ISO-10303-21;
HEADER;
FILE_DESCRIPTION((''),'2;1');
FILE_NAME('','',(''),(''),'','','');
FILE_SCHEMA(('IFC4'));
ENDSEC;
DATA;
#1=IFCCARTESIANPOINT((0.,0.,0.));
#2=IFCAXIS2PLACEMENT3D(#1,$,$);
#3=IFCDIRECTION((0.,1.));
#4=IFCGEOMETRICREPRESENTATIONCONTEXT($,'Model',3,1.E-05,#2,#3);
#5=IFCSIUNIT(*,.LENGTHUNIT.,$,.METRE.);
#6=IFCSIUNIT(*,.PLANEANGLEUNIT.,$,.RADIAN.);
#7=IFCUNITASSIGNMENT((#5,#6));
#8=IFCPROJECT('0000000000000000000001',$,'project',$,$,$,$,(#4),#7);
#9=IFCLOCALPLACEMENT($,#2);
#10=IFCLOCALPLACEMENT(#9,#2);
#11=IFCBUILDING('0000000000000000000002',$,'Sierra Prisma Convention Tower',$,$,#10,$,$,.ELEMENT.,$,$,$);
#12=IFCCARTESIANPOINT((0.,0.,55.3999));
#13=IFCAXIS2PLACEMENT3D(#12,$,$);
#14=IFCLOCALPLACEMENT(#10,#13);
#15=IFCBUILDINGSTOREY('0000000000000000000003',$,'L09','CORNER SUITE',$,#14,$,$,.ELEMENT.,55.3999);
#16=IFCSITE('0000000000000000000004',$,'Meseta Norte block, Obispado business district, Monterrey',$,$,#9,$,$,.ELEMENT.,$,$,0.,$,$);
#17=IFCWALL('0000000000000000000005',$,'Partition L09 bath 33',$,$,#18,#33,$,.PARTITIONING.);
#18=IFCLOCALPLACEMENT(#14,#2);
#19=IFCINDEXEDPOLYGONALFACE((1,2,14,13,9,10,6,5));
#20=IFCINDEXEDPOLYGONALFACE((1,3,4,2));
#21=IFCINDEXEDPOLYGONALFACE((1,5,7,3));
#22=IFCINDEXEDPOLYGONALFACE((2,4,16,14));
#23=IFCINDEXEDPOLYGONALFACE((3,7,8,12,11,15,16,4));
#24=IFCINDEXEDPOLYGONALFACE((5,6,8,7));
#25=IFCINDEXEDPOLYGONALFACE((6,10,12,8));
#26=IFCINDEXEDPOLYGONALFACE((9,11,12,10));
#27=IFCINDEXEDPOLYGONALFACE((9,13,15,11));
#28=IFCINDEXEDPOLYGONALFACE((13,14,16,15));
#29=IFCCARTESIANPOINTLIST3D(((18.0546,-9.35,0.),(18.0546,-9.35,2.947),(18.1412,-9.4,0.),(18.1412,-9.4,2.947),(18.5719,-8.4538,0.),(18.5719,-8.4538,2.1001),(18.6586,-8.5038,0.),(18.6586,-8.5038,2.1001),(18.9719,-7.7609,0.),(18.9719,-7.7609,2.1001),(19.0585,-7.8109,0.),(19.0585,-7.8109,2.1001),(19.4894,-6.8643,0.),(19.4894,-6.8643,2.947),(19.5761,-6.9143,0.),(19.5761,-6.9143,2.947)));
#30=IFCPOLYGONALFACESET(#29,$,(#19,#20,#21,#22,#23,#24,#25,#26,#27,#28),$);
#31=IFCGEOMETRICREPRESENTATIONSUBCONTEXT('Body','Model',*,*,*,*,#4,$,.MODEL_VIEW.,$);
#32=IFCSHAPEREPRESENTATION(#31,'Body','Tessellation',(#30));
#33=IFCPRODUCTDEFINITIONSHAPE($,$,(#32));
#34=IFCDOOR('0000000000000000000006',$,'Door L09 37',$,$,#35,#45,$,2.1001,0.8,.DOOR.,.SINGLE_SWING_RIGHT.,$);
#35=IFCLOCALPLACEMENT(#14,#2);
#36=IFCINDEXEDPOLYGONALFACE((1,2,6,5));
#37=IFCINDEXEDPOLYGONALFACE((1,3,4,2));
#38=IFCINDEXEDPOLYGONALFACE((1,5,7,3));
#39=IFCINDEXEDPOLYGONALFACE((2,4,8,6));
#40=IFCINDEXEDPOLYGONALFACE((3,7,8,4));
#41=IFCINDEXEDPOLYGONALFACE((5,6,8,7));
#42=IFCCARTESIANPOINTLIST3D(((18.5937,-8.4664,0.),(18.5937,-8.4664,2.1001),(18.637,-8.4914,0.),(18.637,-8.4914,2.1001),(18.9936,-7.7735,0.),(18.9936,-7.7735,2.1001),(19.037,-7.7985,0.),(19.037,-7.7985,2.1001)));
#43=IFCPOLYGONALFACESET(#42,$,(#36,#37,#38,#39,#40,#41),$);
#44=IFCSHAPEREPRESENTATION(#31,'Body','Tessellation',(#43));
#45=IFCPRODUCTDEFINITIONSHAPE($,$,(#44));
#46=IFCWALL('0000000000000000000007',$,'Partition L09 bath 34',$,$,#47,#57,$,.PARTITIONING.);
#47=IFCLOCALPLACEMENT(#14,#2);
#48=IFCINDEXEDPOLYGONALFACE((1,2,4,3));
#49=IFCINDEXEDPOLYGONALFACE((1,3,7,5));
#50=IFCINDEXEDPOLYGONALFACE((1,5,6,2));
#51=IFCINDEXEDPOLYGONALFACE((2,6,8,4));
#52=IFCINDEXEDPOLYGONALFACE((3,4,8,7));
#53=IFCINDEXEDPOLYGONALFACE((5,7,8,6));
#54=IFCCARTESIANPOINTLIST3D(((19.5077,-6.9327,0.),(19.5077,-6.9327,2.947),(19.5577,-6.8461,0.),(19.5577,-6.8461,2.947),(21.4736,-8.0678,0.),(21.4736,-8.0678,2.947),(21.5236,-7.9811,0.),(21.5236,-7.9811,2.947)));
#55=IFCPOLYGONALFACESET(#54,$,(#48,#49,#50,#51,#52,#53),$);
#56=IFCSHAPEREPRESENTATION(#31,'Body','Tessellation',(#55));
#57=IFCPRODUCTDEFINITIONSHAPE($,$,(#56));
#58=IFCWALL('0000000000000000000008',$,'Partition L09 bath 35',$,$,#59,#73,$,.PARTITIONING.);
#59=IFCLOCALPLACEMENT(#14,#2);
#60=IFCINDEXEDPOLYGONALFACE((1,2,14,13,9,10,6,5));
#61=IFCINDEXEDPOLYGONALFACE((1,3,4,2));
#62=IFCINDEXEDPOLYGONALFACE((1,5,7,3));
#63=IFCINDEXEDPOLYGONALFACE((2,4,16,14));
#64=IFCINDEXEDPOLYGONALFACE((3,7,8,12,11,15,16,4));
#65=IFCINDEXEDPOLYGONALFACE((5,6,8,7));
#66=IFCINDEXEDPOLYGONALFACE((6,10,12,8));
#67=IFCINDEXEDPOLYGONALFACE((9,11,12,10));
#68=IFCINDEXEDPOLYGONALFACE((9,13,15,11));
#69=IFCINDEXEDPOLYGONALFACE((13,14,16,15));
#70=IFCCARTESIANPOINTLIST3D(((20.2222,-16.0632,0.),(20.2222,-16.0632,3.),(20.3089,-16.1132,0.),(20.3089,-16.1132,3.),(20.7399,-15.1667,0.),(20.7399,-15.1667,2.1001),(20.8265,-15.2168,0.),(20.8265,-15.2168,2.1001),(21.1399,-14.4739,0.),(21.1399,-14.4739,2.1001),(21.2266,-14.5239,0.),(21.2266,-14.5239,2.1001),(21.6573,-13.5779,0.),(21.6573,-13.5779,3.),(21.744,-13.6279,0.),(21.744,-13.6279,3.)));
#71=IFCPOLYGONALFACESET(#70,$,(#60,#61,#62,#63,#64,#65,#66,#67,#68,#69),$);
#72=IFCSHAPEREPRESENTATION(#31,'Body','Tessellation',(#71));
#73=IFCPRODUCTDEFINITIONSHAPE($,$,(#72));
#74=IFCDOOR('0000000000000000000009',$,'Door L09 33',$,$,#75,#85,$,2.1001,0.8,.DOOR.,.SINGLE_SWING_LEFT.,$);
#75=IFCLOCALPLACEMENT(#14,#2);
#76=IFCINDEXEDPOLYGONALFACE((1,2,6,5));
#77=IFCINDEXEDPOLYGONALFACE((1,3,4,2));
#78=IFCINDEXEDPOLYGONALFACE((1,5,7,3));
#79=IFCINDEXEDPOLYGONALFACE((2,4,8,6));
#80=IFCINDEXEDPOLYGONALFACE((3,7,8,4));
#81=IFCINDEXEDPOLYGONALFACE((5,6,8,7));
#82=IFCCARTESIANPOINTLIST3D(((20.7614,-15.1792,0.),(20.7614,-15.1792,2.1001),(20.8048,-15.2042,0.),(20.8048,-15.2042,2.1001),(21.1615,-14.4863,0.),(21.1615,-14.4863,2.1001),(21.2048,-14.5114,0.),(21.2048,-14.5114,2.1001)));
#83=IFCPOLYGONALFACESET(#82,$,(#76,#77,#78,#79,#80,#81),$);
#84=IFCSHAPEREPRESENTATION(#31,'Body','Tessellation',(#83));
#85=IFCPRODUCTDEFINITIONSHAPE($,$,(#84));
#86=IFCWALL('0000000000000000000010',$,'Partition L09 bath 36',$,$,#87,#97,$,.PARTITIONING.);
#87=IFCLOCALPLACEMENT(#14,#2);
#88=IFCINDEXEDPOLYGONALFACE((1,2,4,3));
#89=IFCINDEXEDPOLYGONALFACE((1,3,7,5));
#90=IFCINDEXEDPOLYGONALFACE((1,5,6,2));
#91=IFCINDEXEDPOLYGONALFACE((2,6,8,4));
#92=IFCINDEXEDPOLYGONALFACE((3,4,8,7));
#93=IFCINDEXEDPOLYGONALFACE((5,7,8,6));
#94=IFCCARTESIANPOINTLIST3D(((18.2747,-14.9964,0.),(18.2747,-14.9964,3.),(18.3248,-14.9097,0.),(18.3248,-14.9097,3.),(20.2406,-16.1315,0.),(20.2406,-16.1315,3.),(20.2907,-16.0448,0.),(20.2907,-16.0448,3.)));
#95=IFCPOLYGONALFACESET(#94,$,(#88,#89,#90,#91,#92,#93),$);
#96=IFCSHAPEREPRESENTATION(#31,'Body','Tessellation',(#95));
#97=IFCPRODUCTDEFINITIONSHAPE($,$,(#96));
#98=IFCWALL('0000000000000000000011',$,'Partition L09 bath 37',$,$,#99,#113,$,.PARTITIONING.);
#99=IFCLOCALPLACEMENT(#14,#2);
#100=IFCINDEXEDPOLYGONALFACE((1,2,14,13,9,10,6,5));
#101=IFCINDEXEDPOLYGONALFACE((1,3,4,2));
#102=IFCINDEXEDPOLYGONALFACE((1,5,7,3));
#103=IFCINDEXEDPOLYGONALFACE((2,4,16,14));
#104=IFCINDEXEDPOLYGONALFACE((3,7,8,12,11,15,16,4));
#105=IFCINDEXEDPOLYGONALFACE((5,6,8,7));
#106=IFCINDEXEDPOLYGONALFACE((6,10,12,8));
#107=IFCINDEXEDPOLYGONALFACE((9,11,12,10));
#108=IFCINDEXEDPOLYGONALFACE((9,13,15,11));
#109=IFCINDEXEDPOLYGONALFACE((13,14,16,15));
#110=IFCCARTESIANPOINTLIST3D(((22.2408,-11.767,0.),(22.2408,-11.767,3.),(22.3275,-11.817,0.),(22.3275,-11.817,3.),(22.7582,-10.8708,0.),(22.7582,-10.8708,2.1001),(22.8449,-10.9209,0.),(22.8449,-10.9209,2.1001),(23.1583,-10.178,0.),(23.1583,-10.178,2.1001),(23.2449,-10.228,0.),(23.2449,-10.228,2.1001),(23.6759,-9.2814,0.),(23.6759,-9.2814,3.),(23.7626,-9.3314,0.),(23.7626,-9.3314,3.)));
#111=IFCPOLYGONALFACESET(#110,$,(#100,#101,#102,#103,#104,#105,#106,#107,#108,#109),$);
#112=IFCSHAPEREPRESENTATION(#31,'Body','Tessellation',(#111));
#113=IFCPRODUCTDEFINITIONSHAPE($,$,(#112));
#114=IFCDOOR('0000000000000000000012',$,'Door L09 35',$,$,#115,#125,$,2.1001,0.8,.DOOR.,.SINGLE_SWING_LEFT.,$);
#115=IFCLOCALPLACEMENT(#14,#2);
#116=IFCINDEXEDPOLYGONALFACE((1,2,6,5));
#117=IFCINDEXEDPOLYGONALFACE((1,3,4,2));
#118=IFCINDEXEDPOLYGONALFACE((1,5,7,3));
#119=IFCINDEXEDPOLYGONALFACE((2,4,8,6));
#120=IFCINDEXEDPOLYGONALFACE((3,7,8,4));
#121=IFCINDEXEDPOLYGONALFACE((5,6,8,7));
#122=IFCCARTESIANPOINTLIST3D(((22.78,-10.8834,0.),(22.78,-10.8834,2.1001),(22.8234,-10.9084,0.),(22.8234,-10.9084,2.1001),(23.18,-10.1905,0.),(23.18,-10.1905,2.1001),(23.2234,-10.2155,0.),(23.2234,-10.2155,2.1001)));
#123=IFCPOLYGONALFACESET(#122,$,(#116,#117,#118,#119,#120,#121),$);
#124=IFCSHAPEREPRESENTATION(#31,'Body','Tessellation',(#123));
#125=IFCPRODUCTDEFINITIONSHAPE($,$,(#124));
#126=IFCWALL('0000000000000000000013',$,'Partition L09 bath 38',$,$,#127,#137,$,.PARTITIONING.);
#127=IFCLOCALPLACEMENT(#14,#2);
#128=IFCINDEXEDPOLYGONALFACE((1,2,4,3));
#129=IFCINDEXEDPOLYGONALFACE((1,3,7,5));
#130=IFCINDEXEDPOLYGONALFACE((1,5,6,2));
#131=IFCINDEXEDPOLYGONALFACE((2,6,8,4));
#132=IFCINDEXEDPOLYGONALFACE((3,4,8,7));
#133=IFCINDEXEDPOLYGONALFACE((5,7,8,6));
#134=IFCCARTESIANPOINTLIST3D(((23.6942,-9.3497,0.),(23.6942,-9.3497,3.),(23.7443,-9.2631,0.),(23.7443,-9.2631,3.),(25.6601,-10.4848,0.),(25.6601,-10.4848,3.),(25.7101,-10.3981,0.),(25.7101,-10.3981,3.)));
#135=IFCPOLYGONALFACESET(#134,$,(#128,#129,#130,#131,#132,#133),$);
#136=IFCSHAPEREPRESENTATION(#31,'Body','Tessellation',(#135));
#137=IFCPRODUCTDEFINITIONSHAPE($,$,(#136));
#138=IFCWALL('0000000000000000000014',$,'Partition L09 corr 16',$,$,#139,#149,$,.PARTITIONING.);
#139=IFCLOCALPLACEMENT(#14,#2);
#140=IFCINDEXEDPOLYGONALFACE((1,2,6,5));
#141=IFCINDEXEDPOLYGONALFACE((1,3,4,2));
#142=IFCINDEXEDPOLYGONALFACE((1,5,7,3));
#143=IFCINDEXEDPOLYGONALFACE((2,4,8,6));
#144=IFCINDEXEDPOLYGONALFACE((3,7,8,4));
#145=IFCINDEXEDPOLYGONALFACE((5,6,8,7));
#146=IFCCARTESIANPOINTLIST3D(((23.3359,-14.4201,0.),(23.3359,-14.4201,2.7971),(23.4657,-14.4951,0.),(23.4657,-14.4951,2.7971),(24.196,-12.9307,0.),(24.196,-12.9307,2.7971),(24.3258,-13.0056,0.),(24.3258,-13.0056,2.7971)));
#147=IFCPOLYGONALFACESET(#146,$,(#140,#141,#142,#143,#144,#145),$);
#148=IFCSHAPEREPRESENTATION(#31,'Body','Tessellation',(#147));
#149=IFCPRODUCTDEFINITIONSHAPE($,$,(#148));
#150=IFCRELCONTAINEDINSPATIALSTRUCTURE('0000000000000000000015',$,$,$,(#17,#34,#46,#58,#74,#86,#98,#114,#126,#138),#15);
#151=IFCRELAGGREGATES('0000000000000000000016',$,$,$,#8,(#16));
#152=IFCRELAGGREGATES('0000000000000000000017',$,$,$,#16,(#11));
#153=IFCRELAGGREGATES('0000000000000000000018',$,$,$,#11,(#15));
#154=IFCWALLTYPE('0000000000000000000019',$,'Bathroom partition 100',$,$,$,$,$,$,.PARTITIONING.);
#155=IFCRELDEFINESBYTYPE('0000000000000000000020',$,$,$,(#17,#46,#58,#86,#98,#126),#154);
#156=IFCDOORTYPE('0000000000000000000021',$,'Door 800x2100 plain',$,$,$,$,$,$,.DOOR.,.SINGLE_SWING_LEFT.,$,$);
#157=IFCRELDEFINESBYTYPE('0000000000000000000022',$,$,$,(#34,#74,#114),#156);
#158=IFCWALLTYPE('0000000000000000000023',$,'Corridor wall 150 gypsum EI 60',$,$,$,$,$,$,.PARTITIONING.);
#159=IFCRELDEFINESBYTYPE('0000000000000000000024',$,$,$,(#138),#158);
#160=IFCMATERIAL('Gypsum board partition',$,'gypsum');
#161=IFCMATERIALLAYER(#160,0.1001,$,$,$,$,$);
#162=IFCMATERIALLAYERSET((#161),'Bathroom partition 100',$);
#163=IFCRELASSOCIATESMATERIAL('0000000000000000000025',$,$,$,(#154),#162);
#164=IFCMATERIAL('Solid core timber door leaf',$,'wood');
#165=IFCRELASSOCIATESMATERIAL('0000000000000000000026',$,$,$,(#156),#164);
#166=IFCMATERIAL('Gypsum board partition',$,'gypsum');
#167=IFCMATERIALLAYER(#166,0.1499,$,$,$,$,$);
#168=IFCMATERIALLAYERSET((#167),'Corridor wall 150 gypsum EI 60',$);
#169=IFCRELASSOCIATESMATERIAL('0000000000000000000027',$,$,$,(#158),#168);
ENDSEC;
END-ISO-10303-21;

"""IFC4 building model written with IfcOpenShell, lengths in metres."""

from ifc_helpers import new_model, si_unit, direction, frame, frame_2d, origin, place, context, subcontext, project, spatial, rectangle, extrude, material, layer, layer_set, type_object, element, fill, save


model = new_model("IFC4")

# Units and contexts
model_context = context("Model", 3, precision=1e-05, world=origin(), true_north=direction((0.0, 1.0)))
body_context = subcontext(model_context, "Body", "Model", "MODEL_VIEW")
ifc_project = project(units=[si_unit("LENGTHUNIT", "METRE"), si_unit("PLANEANGLEUNIT", "RADIAN")], contexts=[model_context])

# Site, building, storey
site_placement = place(None, origin())
site = spatial("IfcSite", under=ifc_project, at=site_placement, Name="Meseta Norte block, Obispado business district, Monterrey", CompositionType="ELEMENT", RefElevation=0.0)
building_placement = place(site_placement, origin())
building = spatial("IfcBuilding", under=site, at=building_placement, Name="Sierra Prisma Convention Tower", CompositionType="ELEMENT")
storey_placement = place(building_placement, frame((0.0, 0.0, 55.3999)))
storey = spatial("IfcBuildingStorey", under=building, at=storey_placement, Name="L09", Description="CORNER SUITE", CompositionType="ELEMENT", Elevation=55.3999)

# Wall, opening, door
ifc_material_1 = material(Name="Gypsum board partition", Category="gypsum")
ifc_layer_1 = layer(ifc_material_1, 0.1001)
ifc_layer_set_1 = layer_set([ifc_layer_1], Name="Bathroom partition 100")
wall_type_1 = type_object("IfcWallType", Name="Bathroom partition 100", PredefinedType="PARTITIONING", material=ifc_layer_set_1)
wall_1_placement = place(storey_placement, frame((18.0979, -9.375, 0.0), z_axis=(0.0, 0.0, 1.0), x_axis=(0.499936, 0.866062, 0.0)))
wall_1 = element("IfcWall", 1, at=wall_1_placement, inside=storey, type_object=wall_type_1, Name="Partition L09 bath 33", PredefinedType="PARTITIONING", context=body_context, shape_type="SweptSolid", body=[
    extrude(rectangle(XDim=2.8701, YDim=0.1001, at=frame_2d((1.4351, 0.0))), origin(), (0.0, 0.0, 1.0), 2.947),
])
opening_1_placement = place(wall_1_placement, frame((1.0349, 0.0, 0.0)))
opening_1 = element("IfcOpeningElement", 2, at=opening_1_placement, cuts=wall_1, PredefinedType="OPENING", context=body_context, shape_type="SweptSolid", body=[
    extrude(rectangle(XDim=0.8, YDim=2.1001, at=frame_2d((0.3999, 1.05))), frame((0.0, 0.05, 0.0), z_axis=(0.0, -1.0, 0.0), x_axis=(1.0, 0.0, 0.0)), (0.0, 0.0, 1.0), 0.1001),
])
ifc_material_2 = material(Name="Solid core timber door leaf", Category="wood")
door_type_1 = type_object("IfcDoorType", Name="Door 800x2100 plain", OperationType="SINGLE_SWING_LEFT", PredefinedType="DOOR", material=ifc_material_2)
door_1_placement = place(opening_1_placement, origin())
door_1 = element("IfcDoor", 3, at=door_1_placement, inside=storey, type_object=door_type_1, Name="Door L09 37", OperationType="SINGLE_SWING_RIGHT", OverallHeight=2.1001, OverallWidth=0.8, PredefinedType="DOOR", context=body_context, shape_type="SweptSolid", body=[
    extrude(rectangle(XDim=0.8, YDim=2.1001, at=frame_2d((0.3999, 1.05))), frame((0.0, 0.0249, 0.0), z_axis=(0.0, -1.0, 0.0), x_axis=(1.0, 0.0, 0.0)), (0.0, 0.0, 1.0), 0.05),
])
fill(opening_1, door_1)

# Wall
wall_2_placement = place(storey_placement, frame((19.5327, -6.8894, 0.0), z_axis=(0.0, 0.0, 1.0), x_axis=(0.866017, -0.500014, 0.0)))
element("IfcWall", 4, at=wall_2_placement, inside=storey, type_object=wall_type_1, Name="Partition L09 bath 34", PredefinedType="PARTITIONING", context=body_context, shape_type="SweptSolid", body=[
    extrude(rectangle(XDim=2.27, YDim=0.1001, at=frame_2d((1.135, 0.0))), origin(), (0.0, 0.0, 1.0), 2.947),
])

# Wall, opening, door
wall_3_placement = place(storey_placement, frame((21.7007, -13.6028, 0.0), z_axis=(0.0, 0.0, 1.0), x_axis=(-0.500037, -0.866004, 0.0)))
wall_3 = element("IfcWall", 5, at=wall_3_placement, inside=storey, type_object=wall_type_1, Name="Partition L09 bath 35", PredefinedType="PARTITIONING", context=body_context, shape_type="SweptSolid", body=[
    extrude(rectangle(XDim=2.8699, YDim=0.1001, at=frame_2d((1.4351, 0.0))), origin(), (0.0, 0.0, 1.0), 3.0),
])
opening_2_placement = place(wall_3_placement, frame((1.0349, 0.0, 0.0)))
opening_2 = element("IfcOpeningElement", 6, at=opening_2_placement, cuts=wall_3, PredefinedType="OPENING", context=body_context, shape_type="SweptSolid", body=[
    extrude(rectangle(XDim=0.8, YDim=2.1001, at=frame_2d((0.3999, 1.05))), frame((0.0, 0.05, 0.0), z_axis=(0.0, -1.0, 0.0), x_axis=(1.0, 0.0, 0.0)), (0.0, 0.0, 1.0), 0.1001),
])
door_2_placement = place(opening_2_placement, origin())
door_2 = element("IfcDoor", 7, at=door_2_placement, inside=storey, type_object=door_type_1, Name="Door L09 33", OperationType="SINGLE_SWING_LEFT", OverallHeight=2.1001, OverallWidth=0.8, PredefinedType="DOOR", context=body_context, shape_type="SweptSolid", body=[
    extrude(rectangle(XDim=0.8, YDim=2.1001, at=frame_2d((0.3999, 1.05))), frame((0.0, 0.0249, 0.0), z_axis=(0.0, -1.0, 0.0), x_axis=(1.0, 0.0, 0.0)), (0.0, 0.0, 1.0), 0.05),
])
fill(opening_2, door_2)

# Wall
wall_4_placement = place(storey_placement, frame((20.2656, -16.0881, 0.0), z_axis=(0.0, 0.0, 1.0), x_axis=(-0.866017, 0.500014, 0.0)))
element("IfcWall", 8, at=wall_4_placement, inside=storey, type_object=wall_type_1, Name="Partition L09 bath 36", PredefinedType="PARTITIONING", context=body_context, shape_type="SweptSolid", body=[
    extrude(rectangle(XDim=2.27, YDim=0.1001, at=frame_2d((1.135, 0.0))), origin(), (0.0, 0.0, 1.0), 3.0),
])

# Wall, opening, door
wall_5_placement = place(storey_placement, frame((22.2842, -11.792, 0.0), z_axis=(0.0, 0.0, 1.0), x_axis=(0.5, 0.866026, 0.0)))
wall_5 = element("IfcWall", 9, at=wall_5_placement, inside=storey, type_object=wall_type_1, Name="Partition L09 bath 37", PredefinedType="PARTITIONING", context=body_context, shape_type="SweptSolid", body=[
    extrude(rectangle(XDim=2.8701, YDim=0.1001, at=frame_2d((1.4351, 0.0))), origin(), (0.0, 0.0, 1.0), 3.0),
])
opening_3_placement = place(wall_5_placement, frame((1.0349, 0.0, 0.0)))
opening_3 = element("IfcOpeningElement", 10, at=opening_3_placement, cuts=wall_5, PredefinedType="OPENING", context=body_context, shape_type="SweptSolid", body=[
    extrude(rectangle(XDim=0.8, YDim=2.1001, at=frame_2d((0.3999, 1.05))), frame((0.0, 0.05, 0.0), z_axis=(0.0, -1.0, 0.0), x_axis=(1.0, 0.0, 0.0)), (0.0, 0.0, 1.0), 0.1001),
])
door_3_placement = place(opening_3_placement, origin())
door_3 = element("IfcDoor", 11, at=door_3_placement, inside=storey, type_object=door_type_1, Name="Door L09 35", OperationType="SINGLE_SWING_LEFT", OverallHeight=2.1001, OverallWidth=0.8, PredefinedType="DOOR", context=body_context, shape_type="SweptSolid", body=[
    extrude(rectangle(XDim=0.8, YDim=2.1001, at=frame_2d((0.3999, 1.05))), frame((0.0, 0.0249, 0.0), z_axis=(0.0, -1.0, 0.0), x_axis=(1.0, 0.0, 0.0)), (0.0, 0.0, 1.0), 0.05),
])
fill(opening_3, door_3)

# Walls
wall_6_placement = place(storey_placement, frame((23.7192, -9.3064, 0.0), z_axis=(0.0, 0.0, 1.0), x_axis=(0.866017, -0.500014, 0.0)))
element("IfcWall", 12, at=wall_6_placement, inside=storey, type_object=wall_type_1, Name="Partition L09 bath 38", PredefinedType="PARTITIONING", context=body_context, shape_type="SweptSolid", body=[
    extrude(rectangle(XDim=2.27, YDim=0.1001, at=frame_2d((1.135, 0.0))), origin(), (0.0, 0.0, 1.0), 3.0),
])
ifc_material_3 = material(Name="Gypsum board partition", Category="gypsum")
ifc_layer_2 = layer(ifc_material_3, 0.1499)
ifc_layer_set_2 = layer_set([ifc_layer_2], Name="Corridor wall 150 gypsum EI 60")
wall_type_2 = type_object("IfcWallType", Name="Corridor wall 150 gypsum EI 60", PredefinedType="PARTITIONING", material=ifc_layer_set_2)
wall_7_placement = place(storey_placement, frame((23.4009, -14.4575, 0.0), z_axis=(0.0, 0.0, 1.0), x_axis=(0.500062, 0.865989, 0.0)))
element("IfcWall", 13, at=wall_7_placement, inside=storey, type_object=wall_type_2, Name="Partition L09 corr 16", PredefinedType="PARTITIONING", context=body_context, shape_type="SweptSolid", body=[
    extrude(rectangle(XDim=1.72, YDim=0.1499, at=frame_2d((0.8599, 0.0))), origin(), (0.0, 0.0, 1.0), 2.7971),
])

save(model, "model.ifc")
